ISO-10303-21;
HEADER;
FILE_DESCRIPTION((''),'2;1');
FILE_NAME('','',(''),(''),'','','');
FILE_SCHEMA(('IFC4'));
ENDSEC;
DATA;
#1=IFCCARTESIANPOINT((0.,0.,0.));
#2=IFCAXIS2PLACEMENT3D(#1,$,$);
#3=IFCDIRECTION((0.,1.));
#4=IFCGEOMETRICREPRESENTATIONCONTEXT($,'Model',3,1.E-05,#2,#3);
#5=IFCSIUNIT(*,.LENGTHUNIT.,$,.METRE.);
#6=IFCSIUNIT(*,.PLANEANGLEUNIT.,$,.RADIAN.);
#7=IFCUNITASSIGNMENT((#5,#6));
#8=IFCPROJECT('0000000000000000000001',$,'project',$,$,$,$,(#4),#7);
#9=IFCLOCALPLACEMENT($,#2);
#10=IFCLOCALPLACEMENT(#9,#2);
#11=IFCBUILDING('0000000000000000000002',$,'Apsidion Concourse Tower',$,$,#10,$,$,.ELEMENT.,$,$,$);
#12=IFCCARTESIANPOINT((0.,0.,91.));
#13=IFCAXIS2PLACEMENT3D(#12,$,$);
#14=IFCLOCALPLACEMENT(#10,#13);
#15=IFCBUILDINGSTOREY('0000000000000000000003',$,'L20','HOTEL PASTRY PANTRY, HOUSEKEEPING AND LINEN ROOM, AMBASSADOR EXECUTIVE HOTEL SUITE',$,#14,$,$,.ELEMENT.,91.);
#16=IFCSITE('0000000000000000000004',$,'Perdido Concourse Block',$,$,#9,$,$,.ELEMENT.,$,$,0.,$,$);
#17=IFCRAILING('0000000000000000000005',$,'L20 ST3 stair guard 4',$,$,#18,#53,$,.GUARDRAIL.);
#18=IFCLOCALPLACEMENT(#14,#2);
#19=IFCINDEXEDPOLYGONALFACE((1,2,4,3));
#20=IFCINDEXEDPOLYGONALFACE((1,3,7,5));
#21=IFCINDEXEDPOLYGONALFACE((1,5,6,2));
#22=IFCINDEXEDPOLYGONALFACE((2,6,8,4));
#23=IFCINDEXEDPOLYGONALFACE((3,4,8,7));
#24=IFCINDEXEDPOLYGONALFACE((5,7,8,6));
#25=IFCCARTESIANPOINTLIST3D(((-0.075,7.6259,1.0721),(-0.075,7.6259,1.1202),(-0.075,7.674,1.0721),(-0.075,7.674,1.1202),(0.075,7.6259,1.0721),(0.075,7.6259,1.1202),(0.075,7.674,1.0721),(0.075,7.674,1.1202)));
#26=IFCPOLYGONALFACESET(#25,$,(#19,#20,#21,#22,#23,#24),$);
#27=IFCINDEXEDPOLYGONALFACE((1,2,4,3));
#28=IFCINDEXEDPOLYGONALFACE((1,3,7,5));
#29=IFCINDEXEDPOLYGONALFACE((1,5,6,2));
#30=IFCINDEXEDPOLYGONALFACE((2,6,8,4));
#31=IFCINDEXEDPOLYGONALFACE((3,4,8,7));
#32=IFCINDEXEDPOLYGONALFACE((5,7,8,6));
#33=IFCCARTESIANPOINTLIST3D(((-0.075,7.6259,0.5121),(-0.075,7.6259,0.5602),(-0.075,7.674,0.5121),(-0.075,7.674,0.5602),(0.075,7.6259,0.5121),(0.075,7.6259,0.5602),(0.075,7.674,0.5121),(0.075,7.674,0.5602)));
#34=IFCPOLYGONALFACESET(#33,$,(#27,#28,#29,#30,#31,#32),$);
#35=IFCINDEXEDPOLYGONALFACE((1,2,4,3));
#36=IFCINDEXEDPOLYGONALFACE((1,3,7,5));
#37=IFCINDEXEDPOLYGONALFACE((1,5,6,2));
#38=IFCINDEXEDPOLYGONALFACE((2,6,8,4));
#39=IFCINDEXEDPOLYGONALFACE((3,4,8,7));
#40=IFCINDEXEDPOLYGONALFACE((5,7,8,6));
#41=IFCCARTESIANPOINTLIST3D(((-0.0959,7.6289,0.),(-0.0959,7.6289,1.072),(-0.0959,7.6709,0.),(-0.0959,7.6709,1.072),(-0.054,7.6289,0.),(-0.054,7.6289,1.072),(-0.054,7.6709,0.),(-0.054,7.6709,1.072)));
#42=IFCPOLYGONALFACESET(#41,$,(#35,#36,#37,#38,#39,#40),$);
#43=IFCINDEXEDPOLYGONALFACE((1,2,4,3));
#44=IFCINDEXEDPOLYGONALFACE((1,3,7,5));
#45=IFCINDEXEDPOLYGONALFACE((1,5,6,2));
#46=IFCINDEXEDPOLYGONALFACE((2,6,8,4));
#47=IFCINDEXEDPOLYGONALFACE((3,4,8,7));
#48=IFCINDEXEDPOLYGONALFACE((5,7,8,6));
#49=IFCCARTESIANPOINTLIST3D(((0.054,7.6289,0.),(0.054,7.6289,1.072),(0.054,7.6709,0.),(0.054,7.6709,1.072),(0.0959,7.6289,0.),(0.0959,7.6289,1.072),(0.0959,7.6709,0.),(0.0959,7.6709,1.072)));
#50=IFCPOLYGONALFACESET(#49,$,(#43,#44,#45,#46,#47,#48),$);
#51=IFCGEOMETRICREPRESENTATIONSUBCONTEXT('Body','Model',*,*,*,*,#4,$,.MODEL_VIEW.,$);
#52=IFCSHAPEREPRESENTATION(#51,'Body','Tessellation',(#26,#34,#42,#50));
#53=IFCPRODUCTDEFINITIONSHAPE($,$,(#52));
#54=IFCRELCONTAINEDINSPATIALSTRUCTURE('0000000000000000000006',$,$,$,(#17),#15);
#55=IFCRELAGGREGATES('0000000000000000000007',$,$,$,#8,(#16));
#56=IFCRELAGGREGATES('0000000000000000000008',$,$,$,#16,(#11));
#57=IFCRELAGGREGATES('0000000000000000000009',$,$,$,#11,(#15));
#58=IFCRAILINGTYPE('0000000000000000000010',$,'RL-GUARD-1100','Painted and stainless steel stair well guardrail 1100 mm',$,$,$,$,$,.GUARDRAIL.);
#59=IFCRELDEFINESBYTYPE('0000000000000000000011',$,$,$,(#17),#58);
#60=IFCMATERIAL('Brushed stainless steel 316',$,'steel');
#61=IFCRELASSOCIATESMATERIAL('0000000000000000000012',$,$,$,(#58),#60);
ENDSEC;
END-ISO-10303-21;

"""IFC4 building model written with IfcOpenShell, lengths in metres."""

from ifc_helpers import new_model, si_unit, direction, frame, origin, origin_2d, place, context, subcontext, project, spatial, rectangle, extrude, material, type_object, element, save


model = new_model("IFC4")

# Units and contexts
model_context = context("Model", 3, precision=1e-05, world=origin(), true_north=direction((0.0, 1.0)))
body_context = subcontext(model_context, "Body", "Model", "MODEL_VIEW")
ifc_project = project(units=[si_unit("LENGTHUNIT", "METRE"), si_unit("PLANEANGLEUNIT", "RADIAN")], contexts=[model_context])

# Site, building, storey
site_placement = place(None, origin())
site = spatial("IfcSite", under=ifc_project, at=site_placement, Name="Perdido Concourse Block", CompositionType="ELEMENT", RefElevation=0.0)
building_placement = place(site_placement, origin())
building = spatial("IfcBuilding", under=site, at=building_placement, Name="Apsidion Concourse Tower", CompositionType="ELEMENT")
storey_placement = place(building_placement, frame((0.0, 0.0, 91.0)))
storey = spatial("IfcBuildingStorey", under=building, at=storey_placement, Name="L20", Description="HOTEL PASTRY PANTRY, HOUSEKEEPING AND LINEN ROOM, AMBASSADOR EXECUTIVE HOTEL SUITE", CompositionType="ELEMENT", Elevation=91.0)

# Shared definitions
ifc_material_1 = material(Name="Brushed stainless steel 316", Category="steel")

# Railing
railing_type_1 = type_object("IfcRailingType", Name="RL-GUARD-1100", Description="Painted and stainless steel stair well guardrail 1100 mm", PredefinedType="GUARDRAIL", material=ifc_material_1)
railing_1_placement = place(storey_placement, frame((-0.075, 7.6499, 0.0)))
element("IfcRailing", 1, at=railing_1_placement, inside=storey, type_object=railing_type_1, Name="L20 ST3 stair guard 4", PredefinedType="GUARDRAIL", context=body_context, shape_type="SweptSolid", body=[
    extrude(rectangle(XDim=0.0481, YDim=0.0481, at=origin_2d()), frame((0.0, 0.0, 1.0962), z_axis=(1.0, 0.0, 0.0), x_axis=(0.0, 1.0, 0.0)), (0.0, 0.0, 1.0), 0.1499),
    extrude(rectangle(XDim=0.0481, YDim=0.0481, at=origin_2d()), frame((0.0, 0.0, 0.5361), z_axis=(1.0, 0.0, 0.0), x_axis=(0.0, 1.0, 0.0)), (0.0, 0.0, 1.0), 0.1499),
    extrude(rectangle(XDim=0.042, YDim=0.042, at=origin_2d()), origin(), (0.0, 0.0, 1.0), 1.072),
    extrude(rectangle(XDim=0.042, YDim=0.042, at=origin_2d()), frame((0.1499, 0.0, 0.0)), (0.0, 0.0, 1.0), 1.072),
])

save(model, "model.ifc")
